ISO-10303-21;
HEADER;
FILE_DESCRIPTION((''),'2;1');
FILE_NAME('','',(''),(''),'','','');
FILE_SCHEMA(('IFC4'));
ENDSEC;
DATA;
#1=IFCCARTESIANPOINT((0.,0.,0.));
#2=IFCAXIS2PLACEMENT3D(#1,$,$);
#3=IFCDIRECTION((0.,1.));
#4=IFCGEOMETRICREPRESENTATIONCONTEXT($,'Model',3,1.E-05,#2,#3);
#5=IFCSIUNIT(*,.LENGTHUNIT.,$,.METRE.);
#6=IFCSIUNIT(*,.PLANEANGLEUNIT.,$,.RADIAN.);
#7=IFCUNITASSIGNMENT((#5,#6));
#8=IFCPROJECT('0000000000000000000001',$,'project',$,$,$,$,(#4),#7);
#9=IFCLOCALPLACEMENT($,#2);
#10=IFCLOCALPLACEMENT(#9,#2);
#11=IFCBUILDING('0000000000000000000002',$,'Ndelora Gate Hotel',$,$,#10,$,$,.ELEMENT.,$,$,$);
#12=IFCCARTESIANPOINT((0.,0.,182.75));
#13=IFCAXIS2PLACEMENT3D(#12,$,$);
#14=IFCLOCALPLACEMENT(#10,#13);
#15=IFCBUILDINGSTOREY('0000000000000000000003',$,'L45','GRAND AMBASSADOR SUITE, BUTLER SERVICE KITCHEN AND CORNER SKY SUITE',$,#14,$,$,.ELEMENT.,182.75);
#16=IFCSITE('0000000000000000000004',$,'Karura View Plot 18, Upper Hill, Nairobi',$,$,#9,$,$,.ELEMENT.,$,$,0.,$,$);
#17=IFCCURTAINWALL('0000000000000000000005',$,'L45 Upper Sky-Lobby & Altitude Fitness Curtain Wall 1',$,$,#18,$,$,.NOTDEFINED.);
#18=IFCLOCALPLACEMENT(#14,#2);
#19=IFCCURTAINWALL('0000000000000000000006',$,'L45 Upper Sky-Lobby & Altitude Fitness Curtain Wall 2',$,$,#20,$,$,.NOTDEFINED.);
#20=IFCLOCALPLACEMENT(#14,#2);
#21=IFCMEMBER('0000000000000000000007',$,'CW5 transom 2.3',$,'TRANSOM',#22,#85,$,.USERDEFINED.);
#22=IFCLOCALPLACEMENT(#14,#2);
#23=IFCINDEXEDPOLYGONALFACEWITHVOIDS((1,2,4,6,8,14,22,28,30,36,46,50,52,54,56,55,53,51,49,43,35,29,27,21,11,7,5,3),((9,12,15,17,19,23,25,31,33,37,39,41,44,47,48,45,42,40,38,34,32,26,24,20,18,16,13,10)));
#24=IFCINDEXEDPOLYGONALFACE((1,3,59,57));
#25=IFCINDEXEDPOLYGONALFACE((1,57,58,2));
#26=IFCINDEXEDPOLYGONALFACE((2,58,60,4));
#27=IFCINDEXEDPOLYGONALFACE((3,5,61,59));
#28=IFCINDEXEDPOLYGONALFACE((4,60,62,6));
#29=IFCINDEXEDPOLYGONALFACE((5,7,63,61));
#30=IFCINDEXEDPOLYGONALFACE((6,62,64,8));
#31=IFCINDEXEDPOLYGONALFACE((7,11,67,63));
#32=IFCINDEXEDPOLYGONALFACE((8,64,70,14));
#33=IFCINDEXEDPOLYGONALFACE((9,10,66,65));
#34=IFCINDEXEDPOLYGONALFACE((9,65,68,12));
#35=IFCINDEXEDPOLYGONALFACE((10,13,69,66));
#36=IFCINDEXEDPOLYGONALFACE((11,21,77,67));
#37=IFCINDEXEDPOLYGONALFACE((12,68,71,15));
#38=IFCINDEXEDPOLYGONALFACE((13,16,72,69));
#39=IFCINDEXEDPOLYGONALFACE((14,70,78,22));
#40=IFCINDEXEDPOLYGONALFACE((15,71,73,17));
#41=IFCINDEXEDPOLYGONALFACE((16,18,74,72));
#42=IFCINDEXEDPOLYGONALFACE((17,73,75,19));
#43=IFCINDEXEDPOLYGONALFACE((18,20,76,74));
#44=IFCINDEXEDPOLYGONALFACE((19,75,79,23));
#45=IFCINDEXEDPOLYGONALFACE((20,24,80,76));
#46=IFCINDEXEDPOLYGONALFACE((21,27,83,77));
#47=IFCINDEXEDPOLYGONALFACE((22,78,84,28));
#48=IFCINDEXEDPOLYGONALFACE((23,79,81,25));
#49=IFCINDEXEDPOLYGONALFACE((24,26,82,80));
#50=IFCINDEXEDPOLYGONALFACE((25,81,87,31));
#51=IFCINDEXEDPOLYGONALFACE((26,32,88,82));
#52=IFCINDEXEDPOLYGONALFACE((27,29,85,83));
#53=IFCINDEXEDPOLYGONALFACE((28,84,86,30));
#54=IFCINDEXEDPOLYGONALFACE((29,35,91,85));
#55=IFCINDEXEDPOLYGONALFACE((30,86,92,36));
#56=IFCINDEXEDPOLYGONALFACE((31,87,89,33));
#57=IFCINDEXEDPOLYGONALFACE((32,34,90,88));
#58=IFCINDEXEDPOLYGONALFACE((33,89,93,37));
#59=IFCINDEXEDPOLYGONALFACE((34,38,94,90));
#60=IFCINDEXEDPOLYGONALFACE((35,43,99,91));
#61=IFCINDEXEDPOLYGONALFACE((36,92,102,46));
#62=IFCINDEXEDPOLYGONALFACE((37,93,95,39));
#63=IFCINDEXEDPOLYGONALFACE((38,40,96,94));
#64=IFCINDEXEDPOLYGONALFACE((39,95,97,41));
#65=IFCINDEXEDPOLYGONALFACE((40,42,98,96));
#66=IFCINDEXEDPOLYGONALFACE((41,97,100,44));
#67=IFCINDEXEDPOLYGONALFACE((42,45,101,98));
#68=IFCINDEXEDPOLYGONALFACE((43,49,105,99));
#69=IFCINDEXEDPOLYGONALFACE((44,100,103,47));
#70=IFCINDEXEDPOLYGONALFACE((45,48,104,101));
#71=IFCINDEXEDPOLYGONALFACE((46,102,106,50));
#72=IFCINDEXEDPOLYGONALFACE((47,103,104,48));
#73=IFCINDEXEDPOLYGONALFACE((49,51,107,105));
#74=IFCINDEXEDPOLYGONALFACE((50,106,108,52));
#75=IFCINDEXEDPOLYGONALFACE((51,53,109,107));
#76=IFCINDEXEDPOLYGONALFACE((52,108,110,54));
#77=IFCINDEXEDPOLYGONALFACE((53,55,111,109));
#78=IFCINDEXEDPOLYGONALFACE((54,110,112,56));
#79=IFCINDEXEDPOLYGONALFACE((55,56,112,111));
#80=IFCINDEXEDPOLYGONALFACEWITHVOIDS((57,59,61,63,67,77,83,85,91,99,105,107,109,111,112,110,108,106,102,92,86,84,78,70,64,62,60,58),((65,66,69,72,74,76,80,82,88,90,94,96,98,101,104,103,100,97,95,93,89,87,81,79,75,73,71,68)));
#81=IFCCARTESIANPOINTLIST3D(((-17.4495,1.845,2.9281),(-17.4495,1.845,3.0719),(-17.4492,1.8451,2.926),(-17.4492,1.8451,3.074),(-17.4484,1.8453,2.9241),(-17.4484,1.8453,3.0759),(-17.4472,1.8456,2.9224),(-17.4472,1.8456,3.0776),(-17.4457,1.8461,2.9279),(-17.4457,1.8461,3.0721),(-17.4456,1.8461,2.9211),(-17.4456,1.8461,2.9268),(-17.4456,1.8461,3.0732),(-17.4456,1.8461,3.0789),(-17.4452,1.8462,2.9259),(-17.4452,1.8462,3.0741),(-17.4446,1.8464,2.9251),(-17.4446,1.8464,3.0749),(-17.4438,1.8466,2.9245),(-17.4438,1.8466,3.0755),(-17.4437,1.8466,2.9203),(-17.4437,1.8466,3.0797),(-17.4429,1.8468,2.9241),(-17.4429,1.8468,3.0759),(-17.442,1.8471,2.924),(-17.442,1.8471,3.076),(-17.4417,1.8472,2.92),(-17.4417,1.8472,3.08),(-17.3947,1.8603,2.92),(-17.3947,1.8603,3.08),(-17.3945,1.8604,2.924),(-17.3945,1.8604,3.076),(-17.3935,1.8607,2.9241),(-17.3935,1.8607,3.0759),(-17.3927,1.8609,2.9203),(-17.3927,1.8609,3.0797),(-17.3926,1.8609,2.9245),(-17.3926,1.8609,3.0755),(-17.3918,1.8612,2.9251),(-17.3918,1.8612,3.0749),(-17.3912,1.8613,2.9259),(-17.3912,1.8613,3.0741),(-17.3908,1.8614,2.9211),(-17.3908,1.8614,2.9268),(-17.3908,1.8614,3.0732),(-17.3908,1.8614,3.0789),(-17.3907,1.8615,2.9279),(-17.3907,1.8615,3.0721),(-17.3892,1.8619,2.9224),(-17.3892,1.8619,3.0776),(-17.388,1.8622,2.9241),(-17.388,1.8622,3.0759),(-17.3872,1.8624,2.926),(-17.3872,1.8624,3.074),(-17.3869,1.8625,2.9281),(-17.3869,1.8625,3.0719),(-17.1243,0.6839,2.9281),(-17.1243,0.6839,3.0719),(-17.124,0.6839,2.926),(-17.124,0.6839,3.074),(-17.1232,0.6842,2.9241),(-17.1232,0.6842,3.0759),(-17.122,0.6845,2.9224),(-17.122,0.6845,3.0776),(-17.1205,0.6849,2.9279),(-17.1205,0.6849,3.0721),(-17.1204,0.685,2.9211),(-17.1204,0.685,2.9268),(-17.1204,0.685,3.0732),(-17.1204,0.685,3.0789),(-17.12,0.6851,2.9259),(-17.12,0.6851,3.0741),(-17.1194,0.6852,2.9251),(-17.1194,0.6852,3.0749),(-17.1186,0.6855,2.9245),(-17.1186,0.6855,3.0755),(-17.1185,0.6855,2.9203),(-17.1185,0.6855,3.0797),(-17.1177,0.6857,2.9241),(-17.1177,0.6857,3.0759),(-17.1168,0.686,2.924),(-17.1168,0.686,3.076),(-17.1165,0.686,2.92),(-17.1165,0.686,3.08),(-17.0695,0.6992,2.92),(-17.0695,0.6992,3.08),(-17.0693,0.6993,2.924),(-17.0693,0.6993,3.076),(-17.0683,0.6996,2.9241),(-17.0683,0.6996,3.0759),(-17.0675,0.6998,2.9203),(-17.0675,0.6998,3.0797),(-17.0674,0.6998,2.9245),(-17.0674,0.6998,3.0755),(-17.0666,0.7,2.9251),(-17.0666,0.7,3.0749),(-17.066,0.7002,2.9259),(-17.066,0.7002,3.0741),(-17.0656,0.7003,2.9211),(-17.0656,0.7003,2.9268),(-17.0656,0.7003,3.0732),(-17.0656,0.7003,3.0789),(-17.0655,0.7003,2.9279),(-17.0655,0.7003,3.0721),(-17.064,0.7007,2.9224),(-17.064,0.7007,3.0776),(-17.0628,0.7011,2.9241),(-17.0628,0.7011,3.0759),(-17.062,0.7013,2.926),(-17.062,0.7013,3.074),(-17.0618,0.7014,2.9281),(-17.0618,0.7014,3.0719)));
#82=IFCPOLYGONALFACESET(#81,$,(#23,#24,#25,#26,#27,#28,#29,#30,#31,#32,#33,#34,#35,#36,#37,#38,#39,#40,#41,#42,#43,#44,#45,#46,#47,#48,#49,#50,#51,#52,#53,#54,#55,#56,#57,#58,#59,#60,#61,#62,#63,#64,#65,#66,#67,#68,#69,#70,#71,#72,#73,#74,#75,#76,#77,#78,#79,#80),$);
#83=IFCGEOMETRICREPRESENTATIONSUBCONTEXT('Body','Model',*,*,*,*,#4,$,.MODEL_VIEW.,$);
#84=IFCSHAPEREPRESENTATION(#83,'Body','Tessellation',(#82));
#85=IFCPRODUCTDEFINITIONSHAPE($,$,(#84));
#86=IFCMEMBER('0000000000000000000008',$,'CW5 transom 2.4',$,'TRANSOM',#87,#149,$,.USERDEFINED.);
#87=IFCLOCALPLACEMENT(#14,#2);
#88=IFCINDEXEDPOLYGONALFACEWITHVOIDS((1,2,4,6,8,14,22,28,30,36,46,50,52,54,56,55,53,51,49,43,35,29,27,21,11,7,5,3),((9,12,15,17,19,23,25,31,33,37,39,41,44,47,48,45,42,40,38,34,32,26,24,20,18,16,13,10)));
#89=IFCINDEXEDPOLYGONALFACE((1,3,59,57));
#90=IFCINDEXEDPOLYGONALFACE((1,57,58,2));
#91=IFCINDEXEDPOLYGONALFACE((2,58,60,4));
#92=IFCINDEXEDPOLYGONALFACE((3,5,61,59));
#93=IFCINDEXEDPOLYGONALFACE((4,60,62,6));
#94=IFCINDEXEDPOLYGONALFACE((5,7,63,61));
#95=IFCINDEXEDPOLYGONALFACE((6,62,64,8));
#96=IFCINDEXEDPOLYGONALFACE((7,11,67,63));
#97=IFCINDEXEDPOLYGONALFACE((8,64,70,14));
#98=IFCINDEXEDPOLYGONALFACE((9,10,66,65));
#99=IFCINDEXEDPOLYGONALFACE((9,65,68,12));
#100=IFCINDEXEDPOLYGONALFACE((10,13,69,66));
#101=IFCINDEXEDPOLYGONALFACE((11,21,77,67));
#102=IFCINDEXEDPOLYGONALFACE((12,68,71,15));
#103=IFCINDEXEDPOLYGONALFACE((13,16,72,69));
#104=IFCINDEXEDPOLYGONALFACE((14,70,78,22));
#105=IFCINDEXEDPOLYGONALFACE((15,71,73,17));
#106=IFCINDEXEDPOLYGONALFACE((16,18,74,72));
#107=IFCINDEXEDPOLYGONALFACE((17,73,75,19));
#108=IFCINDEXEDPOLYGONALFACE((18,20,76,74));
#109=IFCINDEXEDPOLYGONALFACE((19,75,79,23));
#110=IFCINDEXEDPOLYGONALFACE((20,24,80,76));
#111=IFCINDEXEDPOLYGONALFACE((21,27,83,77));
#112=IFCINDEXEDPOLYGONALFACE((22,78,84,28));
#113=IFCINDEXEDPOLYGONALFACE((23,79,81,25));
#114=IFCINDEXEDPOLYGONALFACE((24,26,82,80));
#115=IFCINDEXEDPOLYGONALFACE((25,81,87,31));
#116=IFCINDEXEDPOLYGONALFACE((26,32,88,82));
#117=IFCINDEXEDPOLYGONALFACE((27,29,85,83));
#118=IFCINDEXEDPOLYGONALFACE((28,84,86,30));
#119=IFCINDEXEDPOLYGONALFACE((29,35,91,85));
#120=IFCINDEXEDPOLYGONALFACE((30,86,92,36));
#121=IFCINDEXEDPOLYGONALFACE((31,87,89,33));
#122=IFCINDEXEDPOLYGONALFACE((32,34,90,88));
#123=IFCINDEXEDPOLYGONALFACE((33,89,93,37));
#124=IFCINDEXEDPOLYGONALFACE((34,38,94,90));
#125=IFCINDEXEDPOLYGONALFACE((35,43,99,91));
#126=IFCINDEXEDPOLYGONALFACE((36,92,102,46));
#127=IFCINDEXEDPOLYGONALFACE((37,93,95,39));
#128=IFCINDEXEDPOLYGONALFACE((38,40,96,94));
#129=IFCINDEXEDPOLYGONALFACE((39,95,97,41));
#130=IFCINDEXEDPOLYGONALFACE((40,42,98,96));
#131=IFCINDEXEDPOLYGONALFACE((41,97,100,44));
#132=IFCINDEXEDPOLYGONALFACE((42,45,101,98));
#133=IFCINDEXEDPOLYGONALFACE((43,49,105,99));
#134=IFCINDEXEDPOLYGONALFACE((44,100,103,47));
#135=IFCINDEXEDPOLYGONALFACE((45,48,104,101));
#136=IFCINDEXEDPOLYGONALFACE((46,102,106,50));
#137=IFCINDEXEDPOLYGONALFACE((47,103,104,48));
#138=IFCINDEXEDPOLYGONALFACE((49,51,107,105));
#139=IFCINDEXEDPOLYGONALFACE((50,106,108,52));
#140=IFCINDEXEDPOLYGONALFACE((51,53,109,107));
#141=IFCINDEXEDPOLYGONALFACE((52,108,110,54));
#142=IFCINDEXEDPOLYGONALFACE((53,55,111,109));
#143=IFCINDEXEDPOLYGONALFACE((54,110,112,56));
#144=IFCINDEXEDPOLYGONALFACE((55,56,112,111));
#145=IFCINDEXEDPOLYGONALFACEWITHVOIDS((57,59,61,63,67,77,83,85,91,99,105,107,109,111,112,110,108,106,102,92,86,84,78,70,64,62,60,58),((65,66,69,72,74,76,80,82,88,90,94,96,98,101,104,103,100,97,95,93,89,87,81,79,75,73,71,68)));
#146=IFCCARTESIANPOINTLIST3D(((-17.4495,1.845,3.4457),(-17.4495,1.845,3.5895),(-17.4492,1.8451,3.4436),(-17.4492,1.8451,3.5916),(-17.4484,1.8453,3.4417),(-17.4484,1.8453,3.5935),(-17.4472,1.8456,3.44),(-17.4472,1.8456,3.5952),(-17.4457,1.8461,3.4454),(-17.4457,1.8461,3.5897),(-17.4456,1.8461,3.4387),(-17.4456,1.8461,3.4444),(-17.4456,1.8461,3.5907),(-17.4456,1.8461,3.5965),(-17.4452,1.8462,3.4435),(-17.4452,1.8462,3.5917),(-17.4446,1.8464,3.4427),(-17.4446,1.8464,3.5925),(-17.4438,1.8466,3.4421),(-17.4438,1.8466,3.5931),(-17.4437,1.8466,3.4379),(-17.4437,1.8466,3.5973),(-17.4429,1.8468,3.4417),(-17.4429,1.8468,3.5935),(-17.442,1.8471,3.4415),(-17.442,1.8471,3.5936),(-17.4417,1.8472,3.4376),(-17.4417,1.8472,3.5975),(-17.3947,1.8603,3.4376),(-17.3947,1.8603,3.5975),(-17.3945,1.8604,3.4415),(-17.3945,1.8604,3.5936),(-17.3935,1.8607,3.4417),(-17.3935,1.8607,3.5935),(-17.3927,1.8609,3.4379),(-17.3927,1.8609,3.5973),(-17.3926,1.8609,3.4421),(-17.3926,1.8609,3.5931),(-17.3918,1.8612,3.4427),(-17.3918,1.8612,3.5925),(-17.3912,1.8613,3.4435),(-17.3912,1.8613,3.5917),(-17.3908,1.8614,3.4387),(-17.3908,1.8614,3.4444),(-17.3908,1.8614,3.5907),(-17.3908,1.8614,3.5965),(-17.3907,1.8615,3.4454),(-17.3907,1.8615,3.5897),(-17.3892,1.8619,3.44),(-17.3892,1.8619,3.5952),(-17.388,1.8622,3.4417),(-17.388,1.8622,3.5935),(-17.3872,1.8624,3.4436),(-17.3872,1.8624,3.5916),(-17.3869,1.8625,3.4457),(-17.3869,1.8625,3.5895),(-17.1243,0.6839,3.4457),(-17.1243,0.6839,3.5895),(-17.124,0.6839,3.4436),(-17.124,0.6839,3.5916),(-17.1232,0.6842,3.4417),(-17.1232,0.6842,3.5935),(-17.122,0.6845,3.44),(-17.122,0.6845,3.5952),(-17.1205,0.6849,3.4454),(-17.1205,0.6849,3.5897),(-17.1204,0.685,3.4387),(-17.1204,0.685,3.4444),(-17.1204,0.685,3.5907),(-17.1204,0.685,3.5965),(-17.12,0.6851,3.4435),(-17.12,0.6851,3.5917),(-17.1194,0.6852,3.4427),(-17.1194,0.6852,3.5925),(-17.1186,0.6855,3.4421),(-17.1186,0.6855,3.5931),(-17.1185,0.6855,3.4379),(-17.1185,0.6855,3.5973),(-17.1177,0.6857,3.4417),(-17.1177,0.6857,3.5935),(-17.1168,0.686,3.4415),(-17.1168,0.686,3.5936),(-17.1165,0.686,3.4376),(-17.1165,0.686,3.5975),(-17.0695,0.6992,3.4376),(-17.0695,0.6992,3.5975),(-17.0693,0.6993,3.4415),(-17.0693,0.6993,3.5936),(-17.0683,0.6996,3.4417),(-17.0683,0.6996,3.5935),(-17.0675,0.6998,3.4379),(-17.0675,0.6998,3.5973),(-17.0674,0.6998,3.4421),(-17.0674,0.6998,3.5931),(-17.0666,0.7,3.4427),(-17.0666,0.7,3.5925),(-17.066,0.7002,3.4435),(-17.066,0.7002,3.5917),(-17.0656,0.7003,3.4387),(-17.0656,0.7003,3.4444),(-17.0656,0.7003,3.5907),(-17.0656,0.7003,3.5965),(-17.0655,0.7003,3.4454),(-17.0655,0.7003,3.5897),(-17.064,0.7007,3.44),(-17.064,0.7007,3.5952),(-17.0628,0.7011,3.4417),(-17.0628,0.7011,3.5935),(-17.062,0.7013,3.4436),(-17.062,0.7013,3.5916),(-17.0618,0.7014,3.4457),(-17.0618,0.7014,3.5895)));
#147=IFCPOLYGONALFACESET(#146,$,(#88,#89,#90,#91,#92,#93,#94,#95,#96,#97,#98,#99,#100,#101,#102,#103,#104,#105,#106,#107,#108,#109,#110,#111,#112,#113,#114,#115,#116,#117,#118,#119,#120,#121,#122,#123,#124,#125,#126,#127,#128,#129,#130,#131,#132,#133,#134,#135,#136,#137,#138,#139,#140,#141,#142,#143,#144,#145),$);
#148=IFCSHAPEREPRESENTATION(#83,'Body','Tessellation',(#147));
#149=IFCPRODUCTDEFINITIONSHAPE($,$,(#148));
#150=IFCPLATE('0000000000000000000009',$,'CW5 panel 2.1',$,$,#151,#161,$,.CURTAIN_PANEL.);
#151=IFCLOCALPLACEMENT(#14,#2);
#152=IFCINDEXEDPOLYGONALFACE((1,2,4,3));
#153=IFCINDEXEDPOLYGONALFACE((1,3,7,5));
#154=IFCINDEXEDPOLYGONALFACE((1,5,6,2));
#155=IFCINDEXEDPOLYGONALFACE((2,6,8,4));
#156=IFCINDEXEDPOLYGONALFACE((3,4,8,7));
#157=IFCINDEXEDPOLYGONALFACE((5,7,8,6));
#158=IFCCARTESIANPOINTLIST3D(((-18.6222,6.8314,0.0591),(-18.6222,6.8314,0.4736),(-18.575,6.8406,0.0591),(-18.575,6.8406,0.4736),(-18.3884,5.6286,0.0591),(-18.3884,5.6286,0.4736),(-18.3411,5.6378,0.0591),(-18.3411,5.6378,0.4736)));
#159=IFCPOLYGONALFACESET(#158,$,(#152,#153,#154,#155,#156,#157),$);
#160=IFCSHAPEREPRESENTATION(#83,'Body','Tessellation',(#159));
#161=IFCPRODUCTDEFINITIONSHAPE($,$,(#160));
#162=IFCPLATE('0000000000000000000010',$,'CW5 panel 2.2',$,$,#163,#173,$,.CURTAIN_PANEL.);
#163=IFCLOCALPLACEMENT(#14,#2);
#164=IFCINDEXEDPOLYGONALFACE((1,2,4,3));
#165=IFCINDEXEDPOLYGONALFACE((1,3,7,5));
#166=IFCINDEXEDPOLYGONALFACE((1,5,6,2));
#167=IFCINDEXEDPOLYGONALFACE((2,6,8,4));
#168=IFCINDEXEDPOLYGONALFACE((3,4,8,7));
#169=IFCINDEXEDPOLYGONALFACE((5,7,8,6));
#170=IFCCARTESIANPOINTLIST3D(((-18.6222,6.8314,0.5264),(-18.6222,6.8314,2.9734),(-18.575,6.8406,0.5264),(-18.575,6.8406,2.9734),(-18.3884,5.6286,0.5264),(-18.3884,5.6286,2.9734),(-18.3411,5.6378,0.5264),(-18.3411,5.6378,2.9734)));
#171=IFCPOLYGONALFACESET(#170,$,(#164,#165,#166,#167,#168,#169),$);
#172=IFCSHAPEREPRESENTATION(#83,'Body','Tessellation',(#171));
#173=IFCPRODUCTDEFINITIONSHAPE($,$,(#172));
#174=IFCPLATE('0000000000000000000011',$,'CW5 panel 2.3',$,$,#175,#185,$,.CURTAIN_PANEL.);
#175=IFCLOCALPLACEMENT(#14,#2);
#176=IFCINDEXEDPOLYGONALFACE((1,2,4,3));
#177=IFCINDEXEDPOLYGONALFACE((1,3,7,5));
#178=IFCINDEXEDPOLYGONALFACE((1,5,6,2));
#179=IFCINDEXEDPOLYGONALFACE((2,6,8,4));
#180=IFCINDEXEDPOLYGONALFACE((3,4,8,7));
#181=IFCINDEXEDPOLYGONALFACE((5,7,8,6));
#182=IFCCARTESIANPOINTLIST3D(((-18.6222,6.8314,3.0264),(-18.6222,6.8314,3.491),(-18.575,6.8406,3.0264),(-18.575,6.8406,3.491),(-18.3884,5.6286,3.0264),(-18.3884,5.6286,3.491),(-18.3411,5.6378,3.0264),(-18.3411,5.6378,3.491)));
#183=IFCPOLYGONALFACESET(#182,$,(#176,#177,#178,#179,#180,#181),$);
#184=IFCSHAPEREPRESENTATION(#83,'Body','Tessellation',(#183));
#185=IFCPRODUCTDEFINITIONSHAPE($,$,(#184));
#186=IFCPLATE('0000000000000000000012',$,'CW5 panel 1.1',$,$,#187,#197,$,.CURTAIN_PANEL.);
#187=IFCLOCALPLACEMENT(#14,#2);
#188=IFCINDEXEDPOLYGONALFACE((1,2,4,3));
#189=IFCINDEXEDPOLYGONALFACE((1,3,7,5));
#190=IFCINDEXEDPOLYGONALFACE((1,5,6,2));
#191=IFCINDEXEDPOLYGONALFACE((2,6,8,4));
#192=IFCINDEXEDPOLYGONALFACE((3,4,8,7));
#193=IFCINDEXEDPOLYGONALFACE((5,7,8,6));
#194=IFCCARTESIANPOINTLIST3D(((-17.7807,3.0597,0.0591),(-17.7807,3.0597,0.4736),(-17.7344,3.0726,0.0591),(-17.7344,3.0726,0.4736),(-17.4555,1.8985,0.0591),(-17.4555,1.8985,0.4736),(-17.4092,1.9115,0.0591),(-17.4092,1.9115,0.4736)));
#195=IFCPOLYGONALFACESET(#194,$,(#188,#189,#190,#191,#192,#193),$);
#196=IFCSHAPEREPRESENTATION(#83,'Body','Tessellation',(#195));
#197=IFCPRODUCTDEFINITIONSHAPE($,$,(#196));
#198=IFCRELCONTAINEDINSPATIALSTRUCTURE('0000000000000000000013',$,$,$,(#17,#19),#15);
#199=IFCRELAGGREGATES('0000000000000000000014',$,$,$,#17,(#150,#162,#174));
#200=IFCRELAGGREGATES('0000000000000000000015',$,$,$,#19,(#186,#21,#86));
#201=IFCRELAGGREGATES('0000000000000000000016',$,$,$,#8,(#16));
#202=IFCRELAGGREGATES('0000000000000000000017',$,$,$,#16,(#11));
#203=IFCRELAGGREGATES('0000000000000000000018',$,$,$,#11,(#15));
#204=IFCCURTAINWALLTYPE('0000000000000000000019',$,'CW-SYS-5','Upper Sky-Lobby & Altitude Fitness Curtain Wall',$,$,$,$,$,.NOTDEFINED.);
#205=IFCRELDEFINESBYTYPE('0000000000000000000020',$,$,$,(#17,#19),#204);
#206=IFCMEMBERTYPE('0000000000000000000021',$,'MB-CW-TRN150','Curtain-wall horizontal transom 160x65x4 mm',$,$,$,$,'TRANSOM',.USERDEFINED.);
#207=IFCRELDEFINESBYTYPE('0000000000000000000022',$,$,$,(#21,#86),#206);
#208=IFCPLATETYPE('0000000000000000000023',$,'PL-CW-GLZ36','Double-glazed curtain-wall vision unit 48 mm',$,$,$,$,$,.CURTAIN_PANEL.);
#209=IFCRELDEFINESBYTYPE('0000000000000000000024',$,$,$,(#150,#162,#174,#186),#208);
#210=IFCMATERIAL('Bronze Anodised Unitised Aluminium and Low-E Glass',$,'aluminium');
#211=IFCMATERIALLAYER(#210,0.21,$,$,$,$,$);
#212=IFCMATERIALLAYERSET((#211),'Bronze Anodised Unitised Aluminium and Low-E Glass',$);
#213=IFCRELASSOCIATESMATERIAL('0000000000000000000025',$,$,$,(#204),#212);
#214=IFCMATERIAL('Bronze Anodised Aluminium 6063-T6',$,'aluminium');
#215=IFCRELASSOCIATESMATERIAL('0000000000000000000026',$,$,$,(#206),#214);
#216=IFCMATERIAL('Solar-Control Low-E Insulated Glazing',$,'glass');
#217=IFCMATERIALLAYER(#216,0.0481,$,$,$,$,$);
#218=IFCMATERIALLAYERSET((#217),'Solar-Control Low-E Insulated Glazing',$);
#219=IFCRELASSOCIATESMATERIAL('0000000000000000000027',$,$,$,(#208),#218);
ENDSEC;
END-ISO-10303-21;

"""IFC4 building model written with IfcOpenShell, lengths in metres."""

from ifc_helpers import new_model, si_unit, direction, frame, origin, origin_2d, place, context, subcontext, project, spatial, rectangle, hollow_rectangle, extrude, material, layer, layer_set, material_profile, profile_set, type_object, element, aggregate, save


model = new_model("IFC4")

# Units and contexts
model_context = context("Model", 3, precision=1e-05, world=origin(), true_north=direction((0.0, 1.0)))
body_context = subcontext(model_context, "Body", "Model", "MODEL_VIEW")
ifc_project = project(units=[si_unit("LENGTHUNIT", "METRE"), si_unit("PLANEANGLEUNIT", "RADIAN")], contexts=[model_context])

# Site, building, storey
site_placement = place(None, origin())
site = spatial("IfcSite", under=ifc_project, at=site_placement, Name="Karura View Plot 18, Upper Hill, Nairobi", CompositionType="ELEMENT", RefElevation=0.0)
building_placement = place(site_placement, origin())
building = spatial("IfcBuilding", under=site, at=building_placement, Name="Ndelora Gate Hotel", CompositionType="ELEMENT")
storey_placement = place(building_placement, frame((0.0, 0.0, 182.75)))
storey = spatial("IfcBuildingStorey", under=building, at=storey_placement, Name="L45", Description="GRAND AMBASSADOR SUITE, BUTLER SERVICE KITCHEN AND CORNER SKY SUITE", CompositionType="ELEMENT", Elevation=182.75)

# Curtain walls
ifc_material_1 = material(Name="Bronze Anodised Unitised Aluminium and Low-E Glass", Category="aluminium")
ifc_layer_1 = layer(ifc_material_1, 0.21)
ifc_layer_set_1 = layer_set([ifc_layer_1], Name="Bronze Anodised Unitised Aluminium and Low-E Glass")
curtain_wall_type = type_object("IfcCurtainWallType", Name="CW-SYS-5", Description="Upper Sky-Lobby & Altitude Fitness Curtain Wall", PredefinedType="NOTDEFINED", material=ifc_layer_set_1)
curtain_wall_1_placement = place(storey_placement, origin())
curtain_wall_1 = element("IfcCurtainWall", 1, at=curtain_wall_1_placement, inside=storey, type_object=curtain_wall_type, Name="L45 Upper Sky-Lobby & Altitude Fitness Curtain Wall 1", PredefinedType="NOTDEFINED")
ifc_material_2 = material(Name="Bronze Anodised Aluminium 6063-T6", Category="aluminium")
curtain_wall_2_placement = place(storey_placement, origin())
curtain_wall_2 = element("IfcCurtainWall", 2, at=curtain_wall_2_placement, inside=storey, type_object=curtain_wall_type, Name="L45 Upper Sky-Lobby & Altitude Fitness Curtain Wall 2", PredefinedType="NOTDEFINED")

# Members
ifc_material_profile_1 = material_profile(ifc_material_2, hollow_rectangle(XDim=0.0649, YDim=0.1599, WallThickness=0.0039, InnerFilletRadius=0.0039, OuterFilletRadius=0.0081, at=origin_2d()), Name="ALU 160x65x4")
ifc_profile_set_1 = profile_set([ifc_material_profile_1], Name="Bronze Anodised Aluminium 6063-T6")
member_type_1 = type_object("IfcMemberType", Name="MB-CW-TRN150", Description="Curtain-wall horizontal transom 160x65x4 mm", ElementType="TRANSOM", PredefinedType="USERDEFINED", material=ifc_profile_set_1)
member_1_placement = place(storey_placement, frame((-17.4182, 1.8538, 3.0), z_axis=(0.26969, -0.962947, 0.0), x_axis=(0.962947, 0.26969, 0.0)))
member_1 = element("IfcMember", 3, at=member_1_placement, type_object=member_type_1, Name="CW5 transom 2.3", ObjectType="TRANSOM", PredefinedType="USERDEFINED", context=body_context, shape_type="SweptSolid", body=[
    extrude(hollow_rectangle(XDim=0.0649, YDim=0.1599, WallThickness=0.0039, InnerFilletRadius=0.0039, OuterFilletRadius=0.0081, at=origin_2d()), origin(), (0.0, 0.0, 1.0), 1.2058),
])
member_2_placement = place(storey_placement, frame((-17.4182, 1.8538, 3.5176), z_axis=(0.26969, -0.962947, 0.0), x_axis=(0.962947, 0.26969, 0.0)))
member_2 = element("IfcMember", 4, at=member_2_placement, type_object=member_type_1, Name="CW5 transom 2.4", ObjectType="TRANSOM", PredefinedType="USERDEFINED", context=body_context, shape_type="SweptSolid", body=[
    extrude(hollow_rectangle(XDim=0.0649, YDim=0.1599, WallThickness=0.0039, InnerFilletRadius=0.0039, OuterFilletRadius=0.0081, at=origin_2d()), origin(), (0.0, 0.0, 1.0), 1.2058),
])

# Plates
ifc_material_3 = material(Name="Solar-Control Low-E Insulated Glazing", Category="glass")
ifc_layer_2 = layer(ifc_material_3, 0.0481)
ifc_layer_set_2 = layer_set([ifc_layer_2], Name="Solar-Control Low-E Insulated Glazing")
plate_type = type_object("IfcPlateType", Name="PL-CW-GLZ36", Description="Double-glazed curtain-wall vision unit 48 mm", PredefinedType="CURTAIN_PANEL", material=ifc_layer_set_2)
plate_1_placement = place(storey_placement, frame((-18.4817, 6.2346, 0.0591), z_axis=(0.0, 0.0, 1.0), x_axis=(0.190869, -0.981616, 0.0)))
plate_1 = element("IfcPlate", 5, at=plate_1_placement, type_object=plate_type, Name="CW5 panel 2.1", PredefinedType="CURTAIN_PANEL", context=body_context, shape_type="SweptSolid", body=[
    extrude(rectangle(XDim=1.2253, YDim=0.0481, at=origin_2d()), origin(), (0.0, 0.0, 1.0), 0.4146),
])
plate_2_placement = place(storey_placement, frame((-18.4817, 6.2346, 0.5264), z_axis=(0.0, 0.0, 1.0), x_axis=(0.190869, -0.981616, 0.0)))
plate_2 = element("IfcPlate", 6, at=plate_2_placement, type_object=plate_type, Name="CW5 panel 2.2", PredefinedType="CURTAIN_PANEL", context=body_context, shape_type="SweptSolid", body=[
    extrude(rectangle(XDim=1.2253, YDim=0.0481, at=origin_2d()), origin(), (0.0, 0.0, 1.0), 2.447),
])
plate_3_placement = place(storey_placement, frame((-18.4817, 6.2346, 3.0264), z_axis=(0.0, 0.0, 1.0), x_axis=(0.190869, -0.981616, 0.0)))
plate_3 = element("IfcPlate", 7, at=plate_3_placement, type_object=plate_type, Name="CW5 panel 2.3", PredefinedType="CURTAIN_PANEL", context=body_context, shape_type="SweptSolid", body=[
    extrude(rectangle(XDim=1.2253, YDim=0.0481, at=origin_2d()), origin(), (0.0, 0.0, 1.0), 0.4646),
])
aggregate(curtain_wall_1, [plate_1, plate_2, plate_3])
plate_4_placement = place(storey_placement, frame((-17.595, 2.4856, 0.0591), z_axis=(0.0, 0.0, 1.0), x_axis=(0.26968, -0.96295, 0.0)))
plate_4 = element("IfcPlate", 8, at=plate_4_placement, type_object=plate_type, Name="CW5 panel 1.1", PredefinedType="CURTAIN_PANEL", context=body_context, shape_type="SweptSolid", body=[
    extrude(rectangle(XDim=1.2058, YDim=0.0481, at=origin_2d()), origin(), (0.0, 0.0, 1.0), 0.4146),
])
aggregate(curtain_wall_2, [plate_4, member_1, member_2])

save(model, "model.ifc")
